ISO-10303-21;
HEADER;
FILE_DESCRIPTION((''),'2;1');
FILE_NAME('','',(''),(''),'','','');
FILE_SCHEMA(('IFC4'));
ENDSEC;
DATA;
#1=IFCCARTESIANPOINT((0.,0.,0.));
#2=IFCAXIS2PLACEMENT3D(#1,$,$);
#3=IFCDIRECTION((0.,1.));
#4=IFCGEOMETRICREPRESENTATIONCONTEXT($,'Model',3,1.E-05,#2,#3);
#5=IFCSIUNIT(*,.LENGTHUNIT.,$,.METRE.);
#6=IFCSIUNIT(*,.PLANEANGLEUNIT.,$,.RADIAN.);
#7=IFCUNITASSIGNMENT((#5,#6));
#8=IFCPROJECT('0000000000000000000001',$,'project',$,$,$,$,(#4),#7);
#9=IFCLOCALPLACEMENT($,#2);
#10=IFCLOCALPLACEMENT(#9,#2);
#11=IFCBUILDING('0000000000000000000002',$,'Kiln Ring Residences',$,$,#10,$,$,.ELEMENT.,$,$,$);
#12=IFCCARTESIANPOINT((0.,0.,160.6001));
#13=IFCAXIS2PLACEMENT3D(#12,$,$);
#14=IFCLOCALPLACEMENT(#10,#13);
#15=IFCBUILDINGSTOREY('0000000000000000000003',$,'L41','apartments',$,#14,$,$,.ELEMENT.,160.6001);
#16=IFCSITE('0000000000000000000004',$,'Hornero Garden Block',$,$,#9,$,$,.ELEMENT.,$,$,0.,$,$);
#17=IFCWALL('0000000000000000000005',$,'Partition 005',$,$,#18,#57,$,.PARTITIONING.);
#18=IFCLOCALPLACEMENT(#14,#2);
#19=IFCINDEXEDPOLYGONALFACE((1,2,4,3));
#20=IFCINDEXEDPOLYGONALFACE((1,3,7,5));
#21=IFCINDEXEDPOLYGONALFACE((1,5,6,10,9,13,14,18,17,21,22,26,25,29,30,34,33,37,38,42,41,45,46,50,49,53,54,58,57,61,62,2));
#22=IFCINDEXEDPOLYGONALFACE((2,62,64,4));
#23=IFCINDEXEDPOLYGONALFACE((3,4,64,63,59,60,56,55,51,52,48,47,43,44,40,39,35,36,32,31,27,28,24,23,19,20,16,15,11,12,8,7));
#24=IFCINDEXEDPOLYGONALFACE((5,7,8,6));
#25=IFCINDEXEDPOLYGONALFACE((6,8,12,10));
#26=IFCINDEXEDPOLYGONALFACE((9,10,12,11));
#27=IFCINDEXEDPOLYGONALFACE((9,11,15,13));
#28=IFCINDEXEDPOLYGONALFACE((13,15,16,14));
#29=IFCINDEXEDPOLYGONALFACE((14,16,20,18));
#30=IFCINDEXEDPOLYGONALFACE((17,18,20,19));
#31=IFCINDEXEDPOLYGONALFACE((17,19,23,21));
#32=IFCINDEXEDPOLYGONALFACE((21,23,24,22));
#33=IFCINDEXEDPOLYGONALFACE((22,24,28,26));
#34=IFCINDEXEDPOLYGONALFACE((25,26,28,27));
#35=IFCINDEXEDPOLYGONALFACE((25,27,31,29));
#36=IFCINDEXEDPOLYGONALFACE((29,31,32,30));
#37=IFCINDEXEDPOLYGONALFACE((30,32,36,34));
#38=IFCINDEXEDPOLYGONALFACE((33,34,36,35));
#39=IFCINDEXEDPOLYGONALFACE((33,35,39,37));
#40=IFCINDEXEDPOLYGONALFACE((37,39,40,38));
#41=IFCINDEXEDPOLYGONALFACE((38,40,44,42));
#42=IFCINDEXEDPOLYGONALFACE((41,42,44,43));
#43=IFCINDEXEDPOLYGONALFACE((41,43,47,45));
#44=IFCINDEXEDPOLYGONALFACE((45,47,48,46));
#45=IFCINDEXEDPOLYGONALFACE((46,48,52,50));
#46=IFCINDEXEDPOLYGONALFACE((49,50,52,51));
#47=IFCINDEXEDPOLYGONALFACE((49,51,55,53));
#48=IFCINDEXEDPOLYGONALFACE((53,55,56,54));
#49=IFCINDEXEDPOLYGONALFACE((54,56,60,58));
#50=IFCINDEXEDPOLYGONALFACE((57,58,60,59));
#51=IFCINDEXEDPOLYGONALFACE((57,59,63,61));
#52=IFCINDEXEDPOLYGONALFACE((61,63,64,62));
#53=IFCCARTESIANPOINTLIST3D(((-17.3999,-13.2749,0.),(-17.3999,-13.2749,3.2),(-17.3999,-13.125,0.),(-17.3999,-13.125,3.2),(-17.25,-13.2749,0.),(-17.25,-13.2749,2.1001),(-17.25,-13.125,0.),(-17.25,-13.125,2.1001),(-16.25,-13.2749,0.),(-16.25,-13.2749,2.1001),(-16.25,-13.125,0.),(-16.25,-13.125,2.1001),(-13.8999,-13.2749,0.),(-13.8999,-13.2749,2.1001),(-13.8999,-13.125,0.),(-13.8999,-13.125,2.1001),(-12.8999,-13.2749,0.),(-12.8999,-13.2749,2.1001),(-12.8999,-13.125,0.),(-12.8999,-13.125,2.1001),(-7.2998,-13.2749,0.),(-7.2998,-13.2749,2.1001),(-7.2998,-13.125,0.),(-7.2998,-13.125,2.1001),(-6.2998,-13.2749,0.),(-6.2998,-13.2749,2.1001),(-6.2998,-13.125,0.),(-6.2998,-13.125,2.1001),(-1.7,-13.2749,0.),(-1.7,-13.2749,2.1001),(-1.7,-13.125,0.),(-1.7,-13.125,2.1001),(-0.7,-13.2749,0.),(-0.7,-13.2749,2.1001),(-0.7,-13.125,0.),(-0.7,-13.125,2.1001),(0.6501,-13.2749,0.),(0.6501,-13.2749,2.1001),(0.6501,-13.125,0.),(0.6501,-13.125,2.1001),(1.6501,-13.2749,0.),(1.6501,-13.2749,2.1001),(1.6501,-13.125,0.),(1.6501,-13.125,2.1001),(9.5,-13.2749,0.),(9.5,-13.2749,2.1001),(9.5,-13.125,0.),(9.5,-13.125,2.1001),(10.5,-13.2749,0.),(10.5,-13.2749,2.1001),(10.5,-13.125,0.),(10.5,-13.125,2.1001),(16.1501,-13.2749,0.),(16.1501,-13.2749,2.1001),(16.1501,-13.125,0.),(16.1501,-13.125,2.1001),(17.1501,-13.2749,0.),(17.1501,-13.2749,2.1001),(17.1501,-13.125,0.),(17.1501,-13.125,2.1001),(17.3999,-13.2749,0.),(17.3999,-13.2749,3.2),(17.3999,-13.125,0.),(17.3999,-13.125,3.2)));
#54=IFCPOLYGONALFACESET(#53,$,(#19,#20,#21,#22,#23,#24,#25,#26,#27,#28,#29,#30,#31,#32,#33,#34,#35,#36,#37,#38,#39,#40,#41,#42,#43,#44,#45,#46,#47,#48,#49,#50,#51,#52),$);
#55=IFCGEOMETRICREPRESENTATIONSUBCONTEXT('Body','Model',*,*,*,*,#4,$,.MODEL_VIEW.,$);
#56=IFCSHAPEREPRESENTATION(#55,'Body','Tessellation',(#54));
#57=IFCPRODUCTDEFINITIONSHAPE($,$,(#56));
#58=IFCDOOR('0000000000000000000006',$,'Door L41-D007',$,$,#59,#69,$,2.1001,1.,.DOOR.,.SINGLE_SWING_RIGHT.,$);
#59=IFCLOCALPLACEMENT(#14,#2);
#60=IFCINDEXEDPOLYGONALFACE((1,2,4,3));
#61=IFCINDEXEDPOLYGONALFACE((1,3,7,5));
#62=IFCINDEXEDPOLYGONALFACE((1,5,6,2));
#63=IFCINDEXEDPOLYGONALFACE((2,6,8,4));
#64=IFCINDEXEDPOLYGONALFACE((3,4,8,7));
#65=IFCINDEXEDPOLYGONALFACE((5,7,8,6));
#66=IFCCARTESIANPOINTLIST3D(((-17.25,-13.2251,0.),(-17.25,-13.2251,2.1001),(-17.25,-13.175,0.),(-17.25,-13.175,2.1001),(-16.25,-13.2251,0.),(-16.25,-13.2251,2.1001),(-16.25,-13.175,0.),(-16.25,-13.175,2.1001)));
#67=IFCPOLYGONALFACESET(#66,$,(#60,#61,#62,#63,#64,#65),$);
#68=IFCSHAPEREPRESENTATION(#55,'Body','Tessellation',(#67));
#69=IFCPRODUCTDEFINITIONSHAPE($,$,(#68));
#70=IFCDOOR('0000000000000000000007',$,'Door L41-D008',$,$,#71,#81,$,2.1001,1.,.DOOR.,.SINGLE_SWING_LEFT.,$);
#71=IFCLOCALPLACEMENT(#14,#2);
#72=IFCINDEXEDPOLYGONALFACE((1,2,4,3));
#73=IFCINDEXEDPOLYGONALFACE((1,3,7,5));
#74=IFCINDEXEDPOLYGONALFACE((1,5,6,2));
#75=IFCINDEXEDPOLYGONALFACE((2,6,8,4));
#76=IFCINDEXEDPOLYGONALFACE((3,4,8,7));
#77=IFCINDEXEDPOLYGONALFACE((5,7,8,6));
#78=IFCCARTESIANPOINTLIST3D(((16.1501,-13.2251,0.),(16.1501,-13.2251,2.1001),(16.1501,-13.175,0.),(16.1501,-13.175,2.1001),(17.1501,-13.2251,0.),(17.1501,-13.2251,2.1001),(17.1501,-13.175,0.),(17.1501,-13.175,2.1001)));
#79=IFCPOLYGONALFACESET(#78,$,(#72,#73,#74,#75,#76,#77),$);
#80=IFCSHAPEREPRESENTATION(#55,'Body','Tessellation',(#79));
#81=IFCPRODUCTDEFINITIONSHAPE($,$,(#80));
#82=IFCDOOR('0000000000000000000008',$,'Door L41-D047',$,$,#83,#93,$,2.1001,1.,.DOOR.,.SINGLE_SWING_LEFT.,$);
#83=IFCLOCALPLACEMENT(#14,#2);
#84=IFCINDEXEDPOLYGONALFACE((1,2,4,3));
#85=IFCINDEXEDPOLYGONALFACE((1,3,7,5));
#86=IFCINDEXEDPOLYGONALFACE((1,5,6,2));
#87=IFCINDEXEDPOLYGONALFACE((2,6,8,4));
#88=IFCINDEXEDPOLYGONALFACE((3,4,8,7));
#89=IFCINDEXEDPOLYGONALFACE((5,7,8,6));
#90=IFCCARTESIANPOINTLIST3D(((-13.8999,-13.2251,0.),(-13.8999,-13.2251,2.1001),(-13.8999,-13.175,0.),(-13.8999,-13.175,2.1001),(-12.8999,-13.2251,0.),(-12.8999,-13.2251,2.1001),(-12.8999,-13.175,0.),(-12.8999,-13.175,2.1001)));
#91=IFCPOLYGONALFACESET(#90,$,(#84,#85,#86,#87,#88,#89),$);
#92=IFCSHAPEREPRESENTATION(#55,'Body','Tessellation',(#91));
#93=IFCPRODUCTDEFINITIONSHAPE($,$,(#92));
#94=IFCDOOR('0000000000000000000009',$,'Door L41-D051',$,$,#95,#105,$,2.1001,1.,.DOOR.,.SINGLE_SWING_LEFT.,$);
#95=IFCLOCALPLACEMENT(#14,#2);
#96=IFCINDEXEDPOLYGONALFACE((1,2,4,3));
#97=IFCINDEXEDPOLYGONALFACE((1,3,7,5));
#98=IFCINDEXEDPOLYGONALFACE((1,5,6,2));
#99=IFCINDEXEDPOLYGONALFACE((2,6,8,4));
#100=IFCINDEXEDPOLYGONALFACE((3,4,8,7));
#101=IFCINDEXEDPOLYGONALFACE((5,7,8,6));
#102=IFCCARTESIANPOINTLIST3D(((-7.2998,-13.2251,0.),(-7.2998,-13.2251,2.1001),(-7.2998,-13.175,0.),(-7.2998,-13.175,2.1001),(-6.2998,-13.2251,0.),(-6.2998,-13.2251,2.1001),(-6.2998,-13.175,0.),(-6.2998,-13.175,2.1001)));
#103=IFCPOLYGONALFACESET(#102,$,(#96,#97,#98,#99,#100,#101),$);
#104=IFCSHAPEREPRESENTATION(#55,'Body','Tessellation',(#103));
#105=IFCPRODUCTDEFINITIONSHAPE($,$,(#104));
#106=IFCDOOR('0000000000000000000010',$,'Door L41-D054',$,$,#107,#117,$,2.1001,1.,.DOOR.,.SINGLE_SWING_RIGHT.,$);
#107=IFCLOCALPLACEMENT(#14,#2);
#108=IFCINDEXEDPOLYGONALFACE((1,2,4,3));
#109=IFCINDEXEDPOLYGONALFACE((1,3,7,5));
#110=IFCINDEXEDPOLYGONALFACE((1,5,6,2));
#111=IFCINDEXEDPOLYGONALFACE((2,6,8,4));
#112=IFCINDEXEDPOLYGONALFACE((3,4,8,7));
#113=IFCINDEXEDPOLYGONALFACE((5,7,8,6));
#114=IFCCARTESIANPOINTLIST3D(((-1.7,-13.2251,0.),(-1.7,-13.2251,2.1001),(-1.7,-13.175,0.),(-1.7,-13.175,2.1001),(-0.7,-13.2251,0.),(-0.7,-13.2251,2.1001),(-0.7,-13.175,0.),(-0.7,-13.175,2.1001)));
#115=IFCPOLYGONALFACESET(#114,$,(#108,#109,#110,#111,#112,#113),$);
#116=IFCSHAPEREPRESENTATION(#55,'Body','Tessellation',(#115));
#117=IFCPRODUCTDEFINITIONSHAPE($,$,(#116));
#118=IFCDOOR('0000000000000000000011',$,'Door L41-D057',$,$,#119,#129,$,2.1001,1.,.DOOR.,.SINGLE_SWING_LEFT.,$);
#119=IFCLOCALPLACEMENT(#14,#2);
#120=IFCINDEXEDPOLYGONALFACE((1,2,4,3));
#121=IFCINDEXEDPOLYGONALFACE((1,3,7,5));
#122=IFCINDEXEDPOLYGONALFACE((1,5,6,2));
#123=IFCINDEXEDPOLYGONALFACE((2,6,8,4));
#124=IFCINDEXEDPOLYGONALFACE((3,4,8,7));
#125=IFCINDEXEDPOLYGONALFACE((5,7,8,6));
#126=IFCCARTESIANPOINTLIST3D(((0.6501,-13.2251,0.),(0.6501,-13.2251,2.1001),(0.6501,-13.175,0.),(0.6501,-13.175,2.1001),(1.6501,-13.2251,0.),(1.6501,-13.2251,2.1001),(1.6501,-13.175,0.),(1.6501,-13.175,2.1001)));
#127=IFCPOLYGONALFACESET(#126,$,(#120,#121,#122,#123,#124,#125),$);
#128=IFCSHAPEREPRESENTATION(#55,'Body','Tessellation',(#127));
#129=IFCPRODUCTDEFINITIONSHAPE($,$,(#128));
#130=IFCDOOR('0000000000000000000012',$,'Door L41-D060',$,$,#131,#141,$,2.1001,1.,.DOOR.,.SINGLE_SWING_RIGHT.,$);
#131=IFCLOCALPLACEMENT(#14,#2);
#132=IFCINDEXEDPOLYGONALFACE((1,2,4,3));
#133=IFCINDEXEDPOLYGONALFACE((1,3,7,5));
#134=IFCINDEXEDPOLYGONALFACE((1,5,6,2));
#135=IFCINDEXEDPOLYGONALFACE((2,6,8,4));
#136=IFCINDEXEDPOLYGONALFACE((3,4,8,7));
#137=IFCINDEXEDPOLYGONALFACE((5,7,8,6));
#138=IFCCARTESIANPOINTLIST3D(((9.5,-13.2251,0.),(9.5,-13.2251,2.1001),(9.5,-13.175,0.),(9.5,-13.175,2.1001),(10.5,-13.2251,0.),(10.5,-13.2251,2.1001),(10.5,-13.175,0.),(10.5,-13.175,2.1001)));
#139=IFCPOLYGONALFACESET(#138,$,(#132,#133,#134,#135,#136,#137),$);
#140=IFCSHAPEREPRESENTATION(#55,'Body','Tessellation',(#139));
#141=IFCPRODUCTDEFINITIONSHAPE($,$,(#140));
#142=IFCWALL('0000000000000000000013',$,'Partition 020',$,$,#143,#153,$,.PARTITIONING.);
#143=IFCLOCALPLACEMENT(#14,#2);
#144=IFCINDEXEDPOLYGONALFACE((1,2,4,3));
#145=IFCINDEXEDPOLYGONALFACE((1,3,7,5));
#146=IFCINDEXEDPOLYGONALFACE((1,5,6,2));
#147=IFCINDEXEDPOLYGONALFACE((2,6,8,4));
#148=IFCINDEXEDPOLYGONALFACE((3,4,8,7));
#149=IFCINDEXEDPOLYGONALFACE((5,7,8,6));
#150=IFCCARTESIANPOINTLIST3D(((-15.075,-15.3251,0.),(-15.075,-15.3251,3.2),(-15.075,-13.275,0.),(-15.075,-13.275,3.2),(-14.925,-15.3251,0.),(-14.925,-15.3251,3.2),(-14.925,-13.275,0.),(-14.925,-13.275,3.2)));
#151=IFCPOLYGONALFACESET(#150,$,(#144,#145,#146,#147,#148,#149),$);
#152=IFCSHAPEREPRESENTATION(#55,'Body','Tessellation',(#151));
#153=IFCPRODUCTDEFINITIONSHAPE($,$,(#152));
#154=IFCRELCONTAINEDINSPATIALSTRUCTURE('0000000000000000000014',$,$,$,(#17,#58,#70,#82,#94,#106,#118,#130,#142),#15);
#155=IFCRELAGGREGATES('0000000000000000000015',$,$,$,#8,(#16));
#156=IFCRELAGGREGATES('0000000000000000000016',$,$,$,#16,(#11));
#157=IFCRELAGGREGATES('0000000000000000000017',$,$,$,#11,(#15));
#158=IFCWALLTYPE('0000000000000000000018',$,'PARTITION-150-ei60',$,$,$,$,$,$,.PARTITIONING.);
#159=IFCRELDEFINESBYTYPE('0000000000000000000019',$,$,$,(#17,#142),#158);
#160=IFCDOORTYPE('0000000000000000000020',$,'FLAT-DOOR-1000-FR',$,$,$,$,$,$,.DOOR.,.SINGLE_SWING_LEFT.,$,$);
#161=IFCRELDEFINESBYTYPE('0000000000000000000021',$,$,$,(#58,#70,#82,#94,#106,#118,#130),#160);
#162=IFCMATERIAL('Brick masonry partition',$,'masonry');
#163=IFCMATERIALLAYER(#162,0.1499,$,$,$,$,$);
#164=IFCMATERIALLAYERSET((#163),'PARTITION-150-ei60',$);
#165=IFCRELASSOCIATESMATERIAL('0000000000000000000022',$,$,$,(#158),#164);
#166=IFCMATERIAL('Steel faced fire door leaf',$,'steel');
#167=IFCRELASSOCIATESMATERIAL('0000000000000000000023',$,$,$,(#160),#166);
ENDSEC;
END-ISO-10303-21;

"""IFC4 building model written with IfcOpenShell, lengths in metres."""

from ifc_helpers import new_model, si_unit, direction, frame, frame_2d, origin, place, context, subcontext, project, spatial, rectangle, extrude, material, layer, layer_set, type_object, element, fill, save


model = new_model("IFC4")

# Units and contexts
model_context = context("Model", 3, precision=1e-05, world=origin(), true_north=direction((0.0, 1.0)))
body_context = subcontext(model_context, "Body", "Model", "MODEL_VIEW")
ifc_project = project(units=[si_unit("LENGTHUNIT", "METRE"), si_unit("PLANEANGLEUNIT", "RADIAN")], contexts=[model_context])

# Site, building, storey
site_placement = place(None, origin())
site = spatial("IfcSite", under=ifc_project, at=site_placement, Name="Hornero Garden Block", CompositionType="ELEMENT", RefElevation=0.0)
building_placement = place(site_placement, origin())
building = spatial("IfcBuilding", under=site, at=building_placement, Name="Kiln Ring Residences", CompositionType="ELEMENT")
storey_placement = place(building_placement, frame((0.0, 0.0, 160.6001)))
storey = spatial("IfcBuildingStorey", under=building, at=storey_placement, Name="L41", Description="apartments", CompositionType="ELEMENT", Elevation=160.6001)

# Wall, openings, doors
ifc_material_1 = material(Name="Brick masonry partition", Category="masonry")
ifc_layer = layer(ifc_material_1, 0.1499)
ifc_layer_set = layer_set([ifc_layer], Name="PARTITION-150-ei60")
wall_type = type_object("IfcWallType", Name="PARTITION-150-ei60", PredefinedType="PARTITIONING", material=ifc_layer_set)
wall_1_placement = place(storey_placement, frame((-17.3999, -13.2, 0.0), z_axis=(0.0, 0.0, 1.0), x_axis=(1.0, 0.0, 0.0)))
wall_1 = element("IfcWall", 1, at=wall_1_placement, inside=storey, type_object=wall_type, Name="Partition 005", PredefinedType="PARTITIONING", context=body_context, shape_type="SweptSolid", body=[
    extrude(rectangle(XDim=34.7998, YDim=0.1499, at=frame_2d((17.3999, 0.0))), origin(), (0.0, 0.0, 1.0), 3.2),
])
opening_1_placement = place(wall_1_placement, frame((0.1499, 0.0, 0.0)))
opening_1 = element("IfcOpeningElement", 2, at=opening_1_placement, cuts=wall_1, PredefinedType="OPENING", context=body_context, shape_type="SweptSolid", body=[
    extrude(rectangle(XDim=1.0, YDim=2.1001, at=frame_2d((0.5, 1.05))), frame((0.0, 0.085, 0.0), z_axis=(0.0, -1.0, 0.0), x_axis=(1.0, 0.0, 0.0)), (0.0, 0.0, 1.0), 0.1699),
])
opening_2_placement = place(wall_1_placement, frame((33.55, 0.0, 0.0)))
opening_2 = element("IfcOpeningElement", 3, at=opening_2_placement, cuts=wall_1, PredefinedType="OPENING", context=body_context, shape_type="SweptSolid", body=[
    extrude(rectangle(XDim=1.0, YDim=2.1001, at=frame_2d((0.5, 1.05))), frame((0.0, 0.085, 0.0), z_axis=(0.0, -1.0, 0.0), x_axis=(1.0, 0.0, 0.0)), (0.0, 0.0, 1.0), 0.1699),
])
opening_3_placement = place(wall_1_placement, frame((3.5, 0.0, 0.0)))
opening_3 = element("IfcOpeningElement", 4, at=opening_3_placement, cuts=wall_1, PredefinedType="OPENING", context=body_context, shape_type="SweptSolid", body=[
    extrude(rectangle(XDim=1.0, YDim=2.1001, at=frame_2d((0.5, 1.05))), frame((0.0, 0.085, 0.0), z_axis=(0.0, -1.0, 0.0), x_axis=(1.0, 0.0, 0.0)), (0.0, 0.0, 1.0), 0.1699),
])
opening_4_placement = place(wall_1_placement, frame((10.1001, 0.0, 0.0)))
opening_4 = element("IfcOpeningElement", 5, at=opening_4_placement, cuts=wall_1, PredefinedType="OPENING", context=body_context, shape_type="SweptSolid", body=[
    extrude(rectangle(XDim=1.0, YDim=2.1001, at=frame_2d((0.5, 1.05))), frame((0.0, 0.085, 0.0), z_axis=(0.0, -1.0, 0.0), x_axis=(1.0, 0.0, 0.0)), (0.0, 0.0, 1.0), 0.1699),
])
opening_5_placement = place(wall_1_placement, frame((15.7, 0.0, 0.0)))
opening_5 = element("IfcOpeningElement", 6, at=opening_5_placement, cuts=wall_1, PredefinedType="OPENING", context=body_context, shape_type="SweptSolid", body=[
    extrude(rectangle(XDim=1.0, YDim=2.1001, at=frame_2d((0.5, 1.05))), frame((0.0, 0.085, 0.0), z_axis=(0.0, -1.0, 0.0), x_axis=(1.0, 0.0, 0.0)), (0.0, 0.0, 1.0), 0.1699),
])
opening_6_placement = place(wall_1_placement, frame((18.05, 0.0, 0.0)))
opening_6 = element("IfcOpeningElement", 7, at=opening_6_placement, cuts=wall_1, PredefinedType="OPENING", context=body_context, shape_type="SweptSolid", body=[
    extrude(rectangle(XDim=1.0, YDim=2.1001, at=frame_2d((0.5, 1.05))), frame((0.0, 0.085, 0.0), z_axis=(0.0, -1.0, 0.0), x_axis=(1.0, 0.0, 0.0)), (0.0, 0.0, 1.0), 0.1699),
])
opening_7_placement = place(wall_1_placement, frame((26.8999, 0.0, 0.0)))
opening_7 = element("IfcOpeningElement", 8, at=opening_7_placement, cuts=wall_1, PredefinedType="OPENING", context=body_context, shape_type="SweptSolid", body=[
    extrude(rectangle(XDim=1.0, YDim=2.1001, at=frame_2d((0.5, 1.05))), frame((0.0, 0.085, 0.0), z_axis=(0.0, -1.0, 0.0), x_axis=(1.0, 0.0, 0.0)), (0.0, 0.0, 1.0), 0.1699),
])
ifc_material_2 = material(Name="Steel faced fire door leaf", Category="steel")
door_type = type_object("IfcDoorType", Name="FLAT-DOOR-1000-FR", OperationType="SINGLE_SWING_LEFT", PredefinedType="DOOR", material=ifc_material_2)
door_1_placement = place(opening_1_placement, origin())
door_1 = element("IfcDoor", 9, at=door_1_placement, inside=storey, type_object=door_type, Name="Door L41-D007", OperationType="SINGLE_SWING_RIGHT", OverallHeight=2.1001, OverallWidth=1.0, PredefinedType="DOOR", context=body_context, shape_type="SweptSolid", body=[
    extrude(rectangle(XDim=1.0, YDim=2.1001, at=frame_2d((0.5, 1.05))), frame((0.0, 0.0249, 0.0), z_axis=(0.0, -1.0, 0.0), x_axis=(1.0, 0.0, 0.0)), (0.0, 0.0, 1.0), 0.05),
])
fill(opening_1, door_1)
door_2_placement = place(opening_2_placement, origin())
door_2 = element("IfcDoor", 10, at=door_2_placement, inside=storey, type_object=door_type, Name="Door L41-D008", OperationType="SINGLE_SWING_LEFT", OverallHeight=2.1001, OverallWidth=1.0, PredefinedType="DOOR", context=body_context, shape_type="SweptSolid", body=[
    extrude(rectangle(XDim=1.0, YDim=2.1001, at=frame_2d((0.5, 1.05))), frame((0.0, 0.0249, 0.0), z_axis=(0.0, -1.0, 0.0), x_axis=(1.0, 0.0, 0.0)), (0.0, 0.0, 1.0), 0.05),
])
fill(opening_2, door_2)
door_3_placement = place(opening_3_placement, origin())
door_3 = element("IfcDoor", 11, at=door_3_placement, inside=storey, type_object=door_type, Name="Door L41-D047", OperationType="SINGLE_SWING_LEFT", OverallHeight=2.1001, OverallWidth=1.0, PredefinedType="DOOR", context=body_context, shape_type="SweptSolid", body=[
    extrude(rectangle(XDim=1.0, YDim=2.1001, at=frame_2d((0.5, 1.05))), frame((0.0, 0.0249, 0.0), z_axis=(0.0, -1.0, 0.0), x_axis=(1.0, 0.0, 0.0)), (0.0, 0.0, 1.0), 0.05),
])
fill(opening_3, door_3)
door_4_placement = place(opening_4_placement, origin())
door_4 = element("IfcDoor", 12, at=door_4_placement, inside=storey, type_object=door_type, Name="Door L41-D051", OperationType="SINGLE_SWING_LEFT", OverallHeight=2.1001, OverallWidth=1.0, PredefinedType="DOOR", context=body_context, shape_type="SweptSolid", body=[
    extrude(rectangle(XDim=1.0, YDim=2.1001, at=frame_2d((0.5, 1.05))), frame((0.0, 0.0249, 0.0), z_axis=(0.0, -1.0, 0.0), x_axis=(1.0, 0.0, 0.0)), (0.0, 0.0, 1.0), 0.05),
])
fill(opening_4, door_4)
door_5_placement = place(opening_5_placement, origin())
door_5 = element("IfcDoor", 13, at=door_5_placement, inside=storey, type_object=door_type, Name="Door L41-D054", OperationType="SINGLE_SWING_RIGHT", OverallHeight=2.1001, OverallWidth=1.0, PredefinedType="DOOR", context=body_context, shape_type="SweptSolid", body=[
    extrude(rectangle(XDim=1.0, YDim=2.1001, at=frame_2d((0.5, 1.05))), frame((0.0, 0.0249, 0.0), z_axis=(0.0, -1.0, 0.0), x_axis=(1.0, 0.0, 0.0)), (0.0, 0.0, 1.0), 0.05),
])
fill(opening_5, door_5)
door_6_placement = place(opening_6_placement, origin())
door_6 = element("IfcDoor", 14, at=door_6_placement, inside=storey, type_object=door_type, Name="Door L41-D057", OperationType="SINGLE_SWING_LEFT", OverallHeight=2.1001, OverallWidth=1.0, PredefinedType="DOOR", context=body_context, shape_type="SweptSolid", body=[
    extrude(rectangle(XDim=1.0, YDim=2.1001, at=frame_2d((0.5, 1.05))), frame((0.0, 0.0249, 0.0), z_axis=(0.0, -1.0, 0.0), x_axis=(1.0, 0.0, 0.0)), (0.0, 0.0, 1.0), 0.05),
])
fill(opening_6, door_6)
door_7_placement = place(opening_7_placement, origin())
door_7 = element("IfcDoor", 15, at=door_7_placement, inside=storey, type_object=door_type, Name="Door L41-D060", OperationType="SINGLE_SWING_RIGHT", OverallHeight=2.1001, OverallWidth=1.0, PredefinedType="DOOR", context=body_context, shape_type="SweptSolid", body=[
    extrude(rectangle(XDim=1.0, YDim=2.1001, at=frame_2d((0.5, 1.05))), frame((0.0, 0.0249, 0.0), z_axis=(0.0, -1.0, 0.0), x_axis=(1.0, 0.0, 0.0)), (0.0, 0.0, 1.0), 0.05),
])
fill(opening_7, door_7)

# Wall
wall_2_placement = place(storey_placement, frame((-15.0, -15.325, 0.0), z_axis=(0.0, 0.0, 1.0), x_axis=(0.0, 1.0, 0.0)))
element("IfcWall", 16, at=wall_2_placement, inside=storey, type_object=wall_type, Name="Partition 020", PredefinedType="PARTITIONING", context=body_context, shape_type="SweptSolid", body=[
    extrude(rectangle(XDim=2.05, YDim=0.1499, at=frame_2d((1.0249, 0.0))), origin(), (0.0, 0.0, 1.0), 3.2),
])

save(model, "model.ifc")
